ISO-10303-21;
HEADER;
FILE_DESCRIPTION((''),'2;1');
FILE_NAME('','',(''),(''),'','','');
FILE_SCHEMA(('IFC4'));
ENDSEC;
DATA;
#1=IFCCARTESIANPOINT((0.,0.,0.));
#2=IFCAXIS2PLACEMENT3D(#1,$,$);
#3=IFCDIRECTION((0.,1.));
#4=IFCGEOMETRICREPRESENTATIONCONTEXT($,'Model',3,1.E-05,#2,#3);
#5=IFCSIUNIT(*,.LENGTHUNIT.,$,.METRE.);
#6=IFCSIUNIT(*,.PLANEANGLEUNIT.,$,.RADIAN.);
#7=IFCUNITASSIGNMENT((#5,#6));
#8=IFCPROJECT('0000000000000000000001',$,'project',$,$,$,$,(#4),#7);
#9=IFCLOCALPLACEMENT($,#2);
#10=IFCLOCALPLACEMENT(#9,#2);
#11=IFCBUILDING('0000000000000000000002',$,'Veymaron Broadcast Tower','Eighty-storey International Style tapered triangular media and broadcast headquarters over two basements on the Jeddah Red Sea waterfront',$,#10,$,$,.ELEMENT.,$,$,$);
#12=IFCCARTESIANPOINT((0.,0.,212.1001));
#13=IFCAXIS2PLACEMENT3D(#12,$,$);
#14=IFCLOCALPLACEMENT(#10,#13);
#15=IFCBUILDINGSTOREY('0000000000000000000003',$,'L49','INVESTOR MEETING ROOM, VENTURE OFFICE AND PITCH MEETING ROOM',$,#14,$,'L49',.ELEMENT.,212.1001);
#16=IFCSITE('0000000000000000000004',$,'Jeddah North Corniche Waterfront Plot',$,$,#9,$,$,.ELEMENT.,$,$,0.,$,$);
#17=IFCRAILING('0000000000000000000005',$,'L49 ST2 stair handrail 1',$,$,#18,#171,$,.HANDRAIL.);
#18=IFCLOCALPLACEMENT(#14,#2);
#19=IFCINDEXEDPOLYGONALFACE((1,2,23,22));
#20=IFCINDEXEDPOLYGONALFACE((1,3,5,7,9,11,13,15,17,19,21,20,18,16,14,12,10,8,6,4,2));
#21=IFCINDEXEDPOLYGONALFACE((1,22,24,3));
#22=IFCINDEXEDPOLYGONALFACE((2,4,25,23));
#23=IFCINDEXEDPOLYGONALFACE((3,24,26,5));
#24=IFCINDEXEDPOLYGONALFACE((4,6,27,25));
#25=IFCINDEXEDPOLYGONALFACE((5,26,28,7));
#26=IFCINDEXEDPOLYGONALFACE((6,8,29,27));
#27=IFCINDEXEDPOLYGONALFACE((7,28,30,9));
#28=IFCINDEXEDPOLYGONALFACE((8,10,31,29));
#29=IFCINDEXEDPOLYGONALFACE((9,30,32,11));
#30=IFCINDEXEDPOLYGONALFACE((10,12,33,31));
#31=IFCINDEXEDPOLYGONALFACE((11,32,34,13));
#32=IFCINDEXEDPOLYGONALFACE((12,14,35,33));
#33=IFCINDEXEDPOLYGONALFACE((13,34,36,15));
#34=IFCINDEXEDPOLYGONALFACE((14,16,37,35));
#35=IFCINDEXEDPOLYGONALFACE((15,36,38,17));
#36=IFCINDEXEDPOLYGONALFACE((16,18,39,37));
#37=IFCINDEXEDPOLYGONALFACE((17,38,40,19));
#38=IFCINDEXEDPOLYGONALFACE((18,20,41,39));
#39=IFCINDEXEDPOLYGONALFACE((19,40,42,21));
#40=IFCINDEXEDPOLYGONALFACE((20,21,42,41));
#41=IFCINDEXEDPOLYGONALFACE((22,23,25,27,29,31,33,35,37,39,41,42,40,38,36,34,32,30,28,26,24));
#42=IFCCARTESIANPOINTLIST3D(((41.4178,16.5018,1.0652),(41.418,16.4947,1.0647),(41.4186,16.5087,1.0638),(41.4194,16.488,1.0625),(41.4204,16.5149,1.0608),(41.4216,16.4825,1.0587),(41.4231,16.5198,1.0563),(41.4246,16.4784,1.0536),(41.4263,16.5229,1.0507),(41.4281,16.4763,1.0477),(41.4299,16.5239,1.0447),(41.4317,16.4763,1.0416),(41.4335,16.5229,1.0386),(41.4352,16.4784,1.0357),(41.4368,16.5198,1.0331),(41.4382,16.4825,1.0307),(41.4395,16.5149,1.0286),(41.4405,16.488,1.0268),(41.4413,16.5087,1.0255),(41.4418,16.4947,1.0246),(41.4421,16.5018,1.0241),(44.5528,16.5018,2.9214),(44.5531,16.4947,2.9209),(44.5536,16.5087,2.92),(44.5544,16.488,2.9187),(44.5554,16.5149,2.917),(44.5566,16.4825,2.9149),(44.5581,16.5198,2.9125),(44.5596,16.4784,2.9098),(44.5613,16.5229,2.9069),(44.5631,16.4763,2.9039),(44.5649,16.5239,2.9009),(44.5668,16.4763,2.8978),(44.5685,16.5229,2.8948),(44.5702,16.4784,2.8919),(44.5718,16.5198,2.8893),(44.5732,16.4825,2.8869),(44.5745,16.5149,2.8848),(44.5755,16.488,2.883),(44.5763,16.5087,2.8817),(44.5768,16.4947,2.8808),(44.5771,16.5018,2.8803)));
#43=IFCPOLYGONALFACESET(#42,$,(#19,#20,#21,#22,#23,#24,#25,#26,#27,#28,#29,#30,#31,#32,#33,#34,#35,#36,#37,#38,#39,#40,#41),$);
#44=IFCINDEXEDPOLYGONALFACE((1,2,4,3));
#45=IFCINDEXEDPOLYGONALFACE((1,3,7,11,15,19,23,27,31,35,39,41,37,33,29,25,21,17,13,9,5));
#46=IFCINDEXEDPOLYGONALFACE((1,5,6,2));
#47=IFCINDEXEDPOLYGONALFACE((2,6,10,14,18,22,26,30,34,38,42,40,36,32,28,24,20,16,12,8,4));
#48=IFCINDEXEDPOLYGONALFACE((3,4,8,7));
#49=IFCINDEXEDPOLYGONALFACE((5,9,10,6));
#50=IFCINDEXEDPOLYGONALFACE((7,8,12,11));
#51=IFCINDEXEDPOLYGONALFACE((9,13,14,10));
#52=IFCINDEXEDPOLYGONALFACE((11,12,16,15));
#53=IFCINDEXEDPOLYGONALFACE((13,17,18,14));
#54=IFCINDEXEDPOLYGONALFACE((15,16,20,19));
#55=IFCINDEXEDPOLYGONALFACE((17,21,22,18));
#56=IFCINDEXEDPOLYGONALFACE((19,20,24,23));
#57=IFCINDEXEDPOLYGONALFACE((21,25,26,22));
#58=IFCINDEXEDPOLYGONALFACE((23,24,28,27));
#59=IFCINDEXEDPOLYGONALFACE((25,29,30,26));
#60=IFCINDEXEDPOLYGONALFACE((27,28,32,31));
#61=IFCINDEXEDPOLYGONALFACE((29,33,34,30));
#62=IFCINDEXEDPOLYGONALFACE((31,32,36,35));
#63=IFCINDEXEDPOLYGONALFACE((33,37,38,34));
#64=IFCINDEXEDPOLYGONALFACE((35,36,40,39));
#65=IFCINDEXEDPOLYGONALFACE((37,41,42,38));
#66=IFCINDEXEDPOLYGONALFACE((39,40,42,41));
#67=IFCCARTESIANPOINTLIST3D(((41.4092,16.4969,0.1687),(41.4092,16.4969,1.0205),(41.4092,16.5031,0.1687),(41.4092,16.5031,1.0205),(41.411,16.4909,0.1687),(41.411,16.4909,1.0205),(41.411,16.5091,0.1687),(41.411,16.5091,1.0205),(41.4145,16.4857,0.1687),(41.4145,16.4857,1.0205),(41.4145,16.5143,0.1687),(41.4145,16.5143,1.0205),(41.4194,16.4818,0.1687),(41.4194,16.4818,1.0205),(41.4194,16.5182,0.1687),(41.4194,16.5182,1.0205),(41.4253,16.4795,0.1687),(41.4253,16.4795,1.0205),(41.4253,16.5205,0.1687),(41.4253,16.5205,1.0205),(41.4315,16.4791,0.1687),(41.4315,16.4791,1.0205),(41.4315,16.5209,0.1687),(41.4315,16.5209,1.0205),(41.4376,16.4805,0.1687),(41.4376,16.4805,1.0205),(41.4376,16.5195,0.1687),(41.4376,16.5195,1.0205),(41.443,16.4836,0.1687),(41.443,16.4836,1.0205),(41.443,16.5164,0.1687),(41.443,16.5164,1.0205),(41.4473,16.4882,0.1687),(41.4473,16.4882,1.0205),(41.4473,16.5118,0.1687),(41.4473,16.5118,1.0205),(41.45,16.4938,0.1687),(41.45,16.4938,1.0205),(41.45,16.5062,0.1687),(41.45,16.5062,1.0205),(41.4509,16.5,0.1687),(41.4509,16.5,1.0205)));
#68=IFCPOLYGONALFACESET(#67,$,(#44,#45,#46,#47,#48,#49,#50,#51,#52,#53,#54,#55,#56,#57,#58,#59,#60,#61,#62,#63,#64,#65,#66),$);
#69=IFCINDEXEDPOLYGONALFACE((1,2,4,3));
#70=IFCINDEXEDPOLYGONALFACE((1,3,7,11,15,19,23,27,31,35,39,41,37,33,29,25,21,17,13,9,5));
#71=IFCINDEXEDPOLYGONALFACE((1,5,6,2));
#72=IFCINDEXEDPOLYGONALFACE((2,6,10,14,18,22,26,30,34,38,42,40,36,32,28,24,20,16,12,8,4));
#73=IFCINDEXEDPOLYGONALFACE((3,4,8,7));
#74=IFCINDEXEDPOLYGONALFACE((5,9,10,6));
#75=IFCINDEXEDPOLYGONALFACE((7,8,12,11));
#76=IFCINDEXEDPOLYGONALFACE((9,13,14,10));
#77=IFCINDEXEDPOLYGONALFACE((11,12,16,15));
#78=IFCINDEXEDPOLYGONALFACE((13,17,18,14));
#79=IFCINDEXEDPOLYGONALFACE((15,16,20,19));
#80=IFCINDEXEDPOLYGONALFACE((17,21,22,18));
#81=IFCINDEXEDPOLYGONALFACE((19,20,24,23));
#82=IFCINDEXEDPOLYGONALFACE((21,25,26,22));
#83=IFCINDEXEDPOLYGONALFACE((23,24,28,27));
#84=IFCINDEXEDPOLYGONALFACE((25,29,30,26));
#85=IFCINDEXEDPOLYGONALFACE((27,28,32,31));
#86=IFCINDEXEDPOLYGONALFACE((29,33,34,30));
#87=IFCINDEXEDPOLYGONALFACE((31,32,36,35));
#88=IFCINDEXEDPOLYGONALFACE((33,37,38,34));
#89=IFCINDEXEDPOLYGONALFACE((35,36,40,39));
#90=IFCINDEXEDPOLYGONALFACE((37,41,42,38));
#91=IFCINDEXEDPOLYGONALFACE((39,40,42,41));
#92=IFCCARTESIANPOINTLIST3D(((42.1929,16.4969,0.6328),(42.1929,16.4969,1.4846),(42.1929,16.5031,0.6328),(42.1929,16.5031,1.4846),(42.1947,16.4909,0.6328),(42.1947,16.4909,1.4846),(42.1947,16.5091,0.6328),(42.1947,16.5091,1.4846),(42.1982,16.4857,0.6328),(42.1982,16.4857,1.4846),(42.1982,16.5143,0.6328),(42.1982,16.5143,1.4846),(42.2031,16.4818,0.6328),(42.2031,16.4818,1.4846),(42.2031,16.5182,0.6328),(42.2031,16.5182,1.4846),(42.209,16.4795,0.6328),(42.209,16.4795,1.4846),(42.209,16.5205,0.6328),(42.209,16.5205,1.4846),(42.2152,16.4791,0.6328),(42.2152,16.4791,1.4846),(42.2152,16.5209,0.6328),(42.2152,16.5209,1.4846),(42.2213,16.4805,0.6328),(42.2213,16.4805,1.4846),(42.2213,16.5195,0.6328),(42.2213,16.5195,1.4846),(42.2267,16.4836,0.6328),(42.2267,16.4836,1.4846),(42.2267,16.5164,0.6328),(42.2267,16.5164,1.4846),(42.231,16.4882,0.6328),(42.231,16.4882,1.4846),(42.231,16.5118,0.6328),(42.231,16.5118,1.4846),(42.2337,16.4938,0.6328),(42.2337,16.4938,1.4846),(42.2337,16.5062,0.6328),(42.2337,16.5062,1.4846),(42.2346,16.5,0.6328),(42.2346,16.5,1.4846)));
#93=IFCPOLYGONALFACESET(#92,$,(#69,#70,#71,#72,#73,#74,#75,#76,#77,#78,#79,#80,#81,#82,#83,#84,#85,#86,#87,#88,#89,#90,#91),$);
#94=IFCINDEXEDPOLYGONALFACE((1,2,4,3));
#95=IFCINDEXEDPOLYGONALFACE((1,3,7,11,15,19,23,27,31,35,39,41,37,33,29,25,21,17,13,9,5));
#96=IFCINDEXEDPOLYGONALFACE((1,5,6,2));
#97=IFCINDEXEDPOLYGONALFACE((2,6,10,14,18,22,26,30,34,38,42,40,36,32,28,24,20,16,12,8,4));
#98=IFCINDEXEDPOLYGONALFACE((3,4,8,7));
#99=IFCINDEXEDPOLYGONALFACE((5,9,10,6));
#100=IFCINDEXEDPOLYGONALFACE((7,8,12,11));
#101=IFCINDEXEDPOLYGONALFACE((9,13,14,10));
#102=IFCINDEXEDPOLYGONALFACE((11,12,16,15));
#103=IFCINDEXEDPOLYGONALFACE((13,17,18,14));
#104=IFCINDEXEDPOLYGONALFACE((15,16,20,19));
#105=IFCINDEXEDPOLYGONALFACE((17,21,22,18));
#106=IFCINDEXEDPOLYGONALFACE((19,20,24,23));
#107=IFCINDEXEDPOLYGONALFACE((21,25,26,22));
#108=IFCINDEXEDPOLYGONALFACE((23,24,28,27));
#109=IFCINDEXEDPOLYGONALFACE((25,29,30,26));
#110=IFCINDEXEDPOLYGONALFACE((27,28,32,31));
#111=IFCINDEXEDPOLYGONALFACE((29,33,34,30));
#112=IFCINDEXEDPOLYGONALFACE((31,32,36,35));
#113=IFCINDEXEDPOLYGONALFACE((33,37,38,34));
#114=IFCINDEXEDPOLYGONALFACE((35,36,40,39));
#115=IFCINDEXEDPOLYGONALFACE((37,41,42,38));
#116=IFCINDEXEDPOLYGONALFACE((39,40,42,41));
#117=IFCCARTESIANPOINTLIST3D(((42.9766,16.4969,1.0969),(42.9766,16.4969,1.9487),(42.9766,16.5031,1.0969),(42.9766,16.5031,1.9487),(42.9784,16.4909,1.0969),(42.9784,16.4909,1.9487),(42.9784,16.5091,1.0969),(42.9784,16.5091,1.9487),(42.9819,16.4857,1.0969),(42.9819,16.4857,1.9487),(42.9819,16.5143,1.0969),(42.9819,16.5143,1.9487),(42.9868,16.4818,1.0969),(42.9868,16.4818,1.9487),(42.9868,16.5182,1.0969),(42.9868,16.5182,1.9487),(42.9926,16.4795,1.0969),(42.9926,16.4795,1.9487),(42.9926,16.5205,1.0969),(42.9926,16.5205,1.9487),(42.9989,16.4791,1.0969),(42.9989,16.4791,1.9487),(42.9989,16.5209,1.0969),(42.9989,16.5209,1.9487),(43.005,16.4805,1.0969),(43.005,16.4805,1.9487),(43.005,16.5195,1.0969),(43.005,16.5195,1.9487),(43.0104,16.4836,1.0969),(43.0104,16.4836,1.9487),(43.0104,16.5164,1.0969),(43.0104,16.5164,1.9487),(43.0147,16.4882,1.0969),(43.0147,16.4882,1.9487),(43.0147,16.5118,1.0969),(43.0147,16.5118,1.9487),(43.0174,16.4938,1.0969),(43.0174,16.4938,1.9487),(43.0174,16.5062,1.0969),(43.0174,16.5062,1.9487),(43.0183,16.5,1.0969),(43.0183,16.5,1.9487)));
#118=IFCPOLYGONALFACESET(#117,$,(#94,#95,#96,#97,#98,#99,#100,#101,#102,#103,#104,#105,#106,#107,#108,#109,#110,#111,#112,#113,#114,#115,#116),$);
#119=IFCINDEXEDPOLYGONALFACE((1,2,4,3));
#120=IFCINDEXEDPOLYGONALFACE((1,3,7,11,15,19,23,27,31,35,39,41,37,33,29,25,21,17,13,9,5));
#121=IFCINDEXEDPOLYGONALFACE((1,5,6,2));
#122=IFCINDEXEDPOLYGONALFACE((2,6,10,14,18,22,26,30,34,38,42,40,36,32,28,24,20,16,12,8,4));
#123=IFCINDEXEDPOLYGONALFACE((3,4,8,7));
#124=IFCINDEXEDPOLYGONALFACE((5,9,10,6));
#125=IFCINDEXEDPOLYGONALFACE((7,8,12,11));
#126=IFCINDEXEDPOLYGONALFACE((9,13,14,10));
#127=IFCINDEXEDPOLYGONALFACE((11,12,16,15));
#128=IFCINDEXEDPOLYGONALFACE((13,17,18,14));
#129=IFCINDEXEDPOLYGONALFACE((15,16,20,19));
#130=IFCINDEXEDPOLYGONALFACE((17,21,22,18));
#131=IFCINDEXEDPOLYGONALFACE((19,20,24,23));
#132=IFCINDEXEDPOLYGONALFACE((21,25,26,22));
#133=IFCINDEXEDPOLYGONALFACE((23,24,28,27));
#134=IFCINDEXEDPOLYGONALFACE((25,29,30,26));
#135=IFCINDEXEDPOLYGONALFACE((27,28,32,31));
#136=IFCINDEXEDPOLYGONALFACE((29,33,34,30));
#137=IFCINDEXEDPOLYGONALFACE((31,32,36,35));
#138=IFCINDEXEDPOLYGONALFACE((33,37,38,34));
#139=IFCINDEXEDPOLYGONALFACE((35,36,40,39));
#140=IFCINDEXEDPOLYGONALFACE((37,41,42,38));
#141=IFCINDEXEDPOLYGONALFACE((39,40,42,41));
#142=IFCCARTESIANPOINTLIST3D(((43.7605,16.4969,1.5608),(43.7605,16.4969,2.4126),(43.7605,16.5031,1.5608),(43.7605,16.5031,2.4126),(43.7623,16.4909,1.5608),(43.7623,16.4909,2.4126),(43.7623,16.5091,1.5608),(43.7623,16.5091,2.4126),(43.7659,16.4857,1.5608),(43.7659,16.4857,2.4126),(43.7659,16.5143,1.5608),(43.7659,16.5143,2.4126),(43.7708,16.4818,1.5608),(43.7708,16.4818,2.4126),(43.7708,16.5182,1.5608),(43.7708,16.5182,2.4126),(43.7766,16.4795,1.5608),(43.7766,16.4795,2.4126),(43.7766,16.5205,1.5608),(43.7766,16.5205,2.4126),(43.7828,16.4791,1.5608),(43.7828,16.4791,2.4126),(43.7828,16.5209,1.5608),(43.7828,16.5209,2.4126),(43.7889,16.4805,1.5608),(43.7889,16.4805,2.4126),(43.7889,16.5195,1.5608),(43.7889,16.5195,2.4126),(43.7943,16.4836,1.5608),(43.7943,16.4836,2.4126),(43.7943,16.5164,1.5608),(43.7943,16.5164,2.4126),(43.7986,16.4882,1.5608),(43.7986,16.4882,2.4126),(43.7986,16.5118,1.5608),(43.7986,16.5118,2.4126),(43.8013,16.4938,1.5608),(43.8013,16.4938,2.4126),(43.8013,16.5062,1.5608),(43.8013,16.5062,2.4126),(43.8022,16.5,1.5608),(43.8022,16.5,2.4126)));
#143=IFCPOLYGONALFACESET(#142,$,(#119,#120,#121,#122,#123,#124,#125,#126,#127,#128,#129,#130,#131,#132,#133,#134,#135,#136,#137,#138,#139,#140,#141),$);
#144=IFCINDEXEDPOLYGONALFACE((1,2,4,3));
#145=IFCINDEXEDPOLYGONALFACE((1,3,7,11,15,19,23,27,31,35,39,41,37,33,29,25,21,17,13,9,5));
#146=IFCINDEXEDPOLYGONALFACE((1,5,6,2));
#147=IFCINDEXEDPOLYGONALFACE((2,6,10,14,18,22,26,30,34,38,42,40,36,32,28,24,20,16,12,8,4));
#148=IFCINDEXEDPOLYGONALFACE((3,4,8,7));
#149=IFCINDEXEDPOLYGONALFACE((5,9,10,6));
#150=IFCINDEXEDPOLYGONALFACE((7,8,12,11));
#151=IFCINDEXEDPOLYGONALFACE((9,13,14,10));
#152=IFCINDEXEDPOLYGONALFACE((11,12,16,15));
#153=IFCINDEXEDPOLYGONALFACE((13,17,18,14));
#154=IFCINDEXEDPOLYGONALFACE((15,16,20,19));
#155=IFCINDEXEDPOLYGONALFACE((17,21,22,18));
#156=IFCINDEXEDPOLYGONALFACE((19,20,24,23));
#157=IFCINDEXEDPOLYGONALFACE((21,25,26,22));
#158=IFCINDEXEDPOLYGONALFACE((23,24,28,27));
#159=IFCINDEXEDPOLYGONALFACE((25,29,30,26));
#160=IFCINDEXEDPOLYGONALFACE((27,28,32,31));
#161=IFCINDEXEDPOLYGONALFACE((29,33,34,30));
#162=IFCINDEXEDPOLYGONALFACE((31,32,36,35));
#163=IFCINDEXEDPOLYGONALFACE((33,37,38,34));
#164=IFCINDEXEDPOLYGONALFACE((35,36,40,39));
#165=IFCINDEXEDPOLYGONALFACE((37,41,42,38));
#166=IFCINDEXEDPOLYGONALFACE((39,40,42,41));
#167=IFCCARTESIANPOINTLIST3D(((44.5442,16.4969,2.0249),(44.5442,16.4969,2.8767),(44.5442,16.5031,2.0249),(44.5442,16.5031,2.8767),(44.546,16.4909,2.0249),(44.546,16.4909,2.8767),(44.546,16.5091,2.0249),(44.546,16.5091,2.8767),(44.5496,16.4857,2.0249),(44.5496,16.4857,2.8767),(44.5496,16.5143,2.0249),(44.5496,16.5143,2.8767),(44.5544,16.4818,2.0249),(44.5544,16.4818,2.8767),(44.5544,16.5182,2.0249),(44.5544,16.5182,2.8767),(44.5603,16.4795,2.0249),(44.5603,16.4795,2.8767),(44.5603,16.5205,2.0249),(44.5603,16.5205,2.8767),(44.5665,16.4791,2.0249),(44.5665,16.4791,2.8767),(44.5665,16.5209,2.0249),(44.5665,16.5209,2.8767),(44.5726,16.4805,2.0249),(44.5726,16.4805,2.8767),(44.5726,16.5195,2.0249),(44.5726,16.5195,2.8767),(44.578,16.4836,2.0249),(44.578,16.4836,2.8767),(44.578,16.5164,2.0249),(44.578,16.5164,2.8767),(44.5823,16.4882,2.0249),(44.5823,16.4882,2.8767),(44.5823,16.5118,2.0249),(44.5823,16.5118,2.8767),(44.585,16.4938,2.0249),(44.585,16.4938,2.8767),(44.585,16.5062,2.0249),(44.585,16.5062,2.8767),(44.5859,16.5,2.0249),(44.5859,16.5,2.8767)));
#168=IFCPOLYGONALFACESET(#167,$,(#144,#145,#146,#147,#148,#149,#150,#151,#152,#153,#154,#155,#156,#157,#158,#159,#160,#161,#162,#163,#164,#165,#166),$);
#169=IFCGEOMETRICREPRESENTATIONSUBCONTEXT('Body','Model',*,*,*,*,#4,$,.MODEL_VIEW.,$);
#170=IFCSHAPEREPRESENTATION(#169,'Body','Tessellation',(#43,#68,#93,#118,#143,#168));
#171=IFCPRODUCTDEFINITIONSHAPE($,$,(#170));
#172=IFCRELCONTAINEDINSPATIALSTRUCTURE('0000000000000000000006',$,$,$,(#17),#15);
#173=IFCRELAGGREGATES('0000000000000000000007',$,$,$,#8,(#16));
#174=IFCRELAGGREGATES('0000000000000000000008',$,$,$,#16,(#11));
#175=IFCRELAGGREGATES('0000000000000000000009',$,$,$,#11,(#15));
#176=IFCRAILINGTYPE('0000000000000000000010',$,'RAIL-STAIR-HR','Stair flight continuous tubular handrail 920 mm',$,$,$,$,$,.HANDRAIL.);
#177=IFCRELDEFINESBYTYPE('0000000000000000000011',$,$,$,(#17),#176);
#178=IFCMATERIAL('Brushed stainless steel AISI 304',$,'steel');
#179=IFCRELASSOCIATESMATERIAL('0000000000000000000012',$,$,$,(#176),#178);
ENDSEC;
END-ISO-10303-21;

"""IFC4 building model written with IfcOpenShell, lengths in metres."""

from ifc_helpers import new_model, si_unit, direction, frame, origin, origin_2d, place, context, subcontext, project, spatial, circle, extrude, material, type_object, element, save


model = new_model("IFC4")

# Units and contexts
model_context = context("Model", 3, precision=1e-05, world=origin(), true_north=direction((0.0, 1.0)))
body_context = subcontext(model_context, "Body", "Model", "MODEL_VIEW")
ifc_project = project(units=[si_unit("LENGTHUNIT", "METRE"), si_unit("PLANEANGLEUNIT", "RADIAN")], contexts=[model_context])

# Site, building, storey
site_placement = place(None, origin())
site = spatial("IfcSite", under=ifc_project, at=site_placement, Name="Jeddah North Corniche Waterfront Plot", CompositionType="ELEMENT", RefElevation=0.0)
building_placement = place(site_placement, origin())
building = spatial("IfcBuilding", under=site, at=building_placement, Name="Veymaron Broadcast Tower", Description="Eighty-storey International Style tapered triangular media and broadcast headquarters over two basements on the Jeddah Red Sea waterfront", CompositionType="ELEMENT")
storey_placement = place(building_placement, frame((0.0, 0.0, 212.1001)))
storey = spatial("IfcBuildingStorey", under=building, at=storey_placement, Name="L49", Description="INVESTOR MEETING ROOM, VENTURE OFFICE AND PITCH MEETING ROOM", LongName="L49", CompositionType="ELEMENT", Elevation=212.1001)

# Railing
ifc_material_1 = material(Name="Brushed stainless steel AISI 304", Category="steel")
railing_type_1 = type_object("IfcRailingType", Name="RAIL-STAIR-HR", Description="Stair flight continuous tubular handrail 920 mm", PredefinedType="HANDRAIL", material=ifc_material_1)
railing_1_placement = place(storey_placement, frame((41.4299, 16.5, 0.1687)))
element("IfcRailing", 1, at=railing_1_placement, inside=storey, type_object=railing_type_1, Name="L49 ST2 stair handrail 1", PredefinedType="HANDRAIL", context=body_context, shape_type="SweptSolid", body=[
    extrude(circle(Radius=0.0239, at=origin_2d()), frame((0.0, 0.0, 0.876), z_axis=(0.860482, 0.0, 0.509481), x_axis=(0.0, 1.0, 0.0)), (0.0, 0.0, 1.0), 3.6433),
    extrude(circle(Radius=0.021, at=origin_2d()), origin(), (0.0, 0.0, 1.0), 0.8518),
    extrude(circle(Radius=0.021, at=origin_2d()), frame((0.7837, 0.0, 0.4641)), (0.0, 0.0, 1.0), 0.8518),
    extrude(circle(Radius=0.021, at=origin_2d()), frame((1.5674, 0.0, 0.9282)), (0.0, 0.0, 1.0), 0.8518),
    extrude(circle(Radius=0.021, at=origin_2d()), frame((2.3513, 0.0, 1.3921)), (0.0, 0.0, 1.0), 0.8518),
    extrude(circle(Radius=0.021, at=origin_2d()), frame((3.135, 0.0, 1.8562)), (0.0, 0.0, 1.0), 0.8518),
])

save(model, "model.ifc")
